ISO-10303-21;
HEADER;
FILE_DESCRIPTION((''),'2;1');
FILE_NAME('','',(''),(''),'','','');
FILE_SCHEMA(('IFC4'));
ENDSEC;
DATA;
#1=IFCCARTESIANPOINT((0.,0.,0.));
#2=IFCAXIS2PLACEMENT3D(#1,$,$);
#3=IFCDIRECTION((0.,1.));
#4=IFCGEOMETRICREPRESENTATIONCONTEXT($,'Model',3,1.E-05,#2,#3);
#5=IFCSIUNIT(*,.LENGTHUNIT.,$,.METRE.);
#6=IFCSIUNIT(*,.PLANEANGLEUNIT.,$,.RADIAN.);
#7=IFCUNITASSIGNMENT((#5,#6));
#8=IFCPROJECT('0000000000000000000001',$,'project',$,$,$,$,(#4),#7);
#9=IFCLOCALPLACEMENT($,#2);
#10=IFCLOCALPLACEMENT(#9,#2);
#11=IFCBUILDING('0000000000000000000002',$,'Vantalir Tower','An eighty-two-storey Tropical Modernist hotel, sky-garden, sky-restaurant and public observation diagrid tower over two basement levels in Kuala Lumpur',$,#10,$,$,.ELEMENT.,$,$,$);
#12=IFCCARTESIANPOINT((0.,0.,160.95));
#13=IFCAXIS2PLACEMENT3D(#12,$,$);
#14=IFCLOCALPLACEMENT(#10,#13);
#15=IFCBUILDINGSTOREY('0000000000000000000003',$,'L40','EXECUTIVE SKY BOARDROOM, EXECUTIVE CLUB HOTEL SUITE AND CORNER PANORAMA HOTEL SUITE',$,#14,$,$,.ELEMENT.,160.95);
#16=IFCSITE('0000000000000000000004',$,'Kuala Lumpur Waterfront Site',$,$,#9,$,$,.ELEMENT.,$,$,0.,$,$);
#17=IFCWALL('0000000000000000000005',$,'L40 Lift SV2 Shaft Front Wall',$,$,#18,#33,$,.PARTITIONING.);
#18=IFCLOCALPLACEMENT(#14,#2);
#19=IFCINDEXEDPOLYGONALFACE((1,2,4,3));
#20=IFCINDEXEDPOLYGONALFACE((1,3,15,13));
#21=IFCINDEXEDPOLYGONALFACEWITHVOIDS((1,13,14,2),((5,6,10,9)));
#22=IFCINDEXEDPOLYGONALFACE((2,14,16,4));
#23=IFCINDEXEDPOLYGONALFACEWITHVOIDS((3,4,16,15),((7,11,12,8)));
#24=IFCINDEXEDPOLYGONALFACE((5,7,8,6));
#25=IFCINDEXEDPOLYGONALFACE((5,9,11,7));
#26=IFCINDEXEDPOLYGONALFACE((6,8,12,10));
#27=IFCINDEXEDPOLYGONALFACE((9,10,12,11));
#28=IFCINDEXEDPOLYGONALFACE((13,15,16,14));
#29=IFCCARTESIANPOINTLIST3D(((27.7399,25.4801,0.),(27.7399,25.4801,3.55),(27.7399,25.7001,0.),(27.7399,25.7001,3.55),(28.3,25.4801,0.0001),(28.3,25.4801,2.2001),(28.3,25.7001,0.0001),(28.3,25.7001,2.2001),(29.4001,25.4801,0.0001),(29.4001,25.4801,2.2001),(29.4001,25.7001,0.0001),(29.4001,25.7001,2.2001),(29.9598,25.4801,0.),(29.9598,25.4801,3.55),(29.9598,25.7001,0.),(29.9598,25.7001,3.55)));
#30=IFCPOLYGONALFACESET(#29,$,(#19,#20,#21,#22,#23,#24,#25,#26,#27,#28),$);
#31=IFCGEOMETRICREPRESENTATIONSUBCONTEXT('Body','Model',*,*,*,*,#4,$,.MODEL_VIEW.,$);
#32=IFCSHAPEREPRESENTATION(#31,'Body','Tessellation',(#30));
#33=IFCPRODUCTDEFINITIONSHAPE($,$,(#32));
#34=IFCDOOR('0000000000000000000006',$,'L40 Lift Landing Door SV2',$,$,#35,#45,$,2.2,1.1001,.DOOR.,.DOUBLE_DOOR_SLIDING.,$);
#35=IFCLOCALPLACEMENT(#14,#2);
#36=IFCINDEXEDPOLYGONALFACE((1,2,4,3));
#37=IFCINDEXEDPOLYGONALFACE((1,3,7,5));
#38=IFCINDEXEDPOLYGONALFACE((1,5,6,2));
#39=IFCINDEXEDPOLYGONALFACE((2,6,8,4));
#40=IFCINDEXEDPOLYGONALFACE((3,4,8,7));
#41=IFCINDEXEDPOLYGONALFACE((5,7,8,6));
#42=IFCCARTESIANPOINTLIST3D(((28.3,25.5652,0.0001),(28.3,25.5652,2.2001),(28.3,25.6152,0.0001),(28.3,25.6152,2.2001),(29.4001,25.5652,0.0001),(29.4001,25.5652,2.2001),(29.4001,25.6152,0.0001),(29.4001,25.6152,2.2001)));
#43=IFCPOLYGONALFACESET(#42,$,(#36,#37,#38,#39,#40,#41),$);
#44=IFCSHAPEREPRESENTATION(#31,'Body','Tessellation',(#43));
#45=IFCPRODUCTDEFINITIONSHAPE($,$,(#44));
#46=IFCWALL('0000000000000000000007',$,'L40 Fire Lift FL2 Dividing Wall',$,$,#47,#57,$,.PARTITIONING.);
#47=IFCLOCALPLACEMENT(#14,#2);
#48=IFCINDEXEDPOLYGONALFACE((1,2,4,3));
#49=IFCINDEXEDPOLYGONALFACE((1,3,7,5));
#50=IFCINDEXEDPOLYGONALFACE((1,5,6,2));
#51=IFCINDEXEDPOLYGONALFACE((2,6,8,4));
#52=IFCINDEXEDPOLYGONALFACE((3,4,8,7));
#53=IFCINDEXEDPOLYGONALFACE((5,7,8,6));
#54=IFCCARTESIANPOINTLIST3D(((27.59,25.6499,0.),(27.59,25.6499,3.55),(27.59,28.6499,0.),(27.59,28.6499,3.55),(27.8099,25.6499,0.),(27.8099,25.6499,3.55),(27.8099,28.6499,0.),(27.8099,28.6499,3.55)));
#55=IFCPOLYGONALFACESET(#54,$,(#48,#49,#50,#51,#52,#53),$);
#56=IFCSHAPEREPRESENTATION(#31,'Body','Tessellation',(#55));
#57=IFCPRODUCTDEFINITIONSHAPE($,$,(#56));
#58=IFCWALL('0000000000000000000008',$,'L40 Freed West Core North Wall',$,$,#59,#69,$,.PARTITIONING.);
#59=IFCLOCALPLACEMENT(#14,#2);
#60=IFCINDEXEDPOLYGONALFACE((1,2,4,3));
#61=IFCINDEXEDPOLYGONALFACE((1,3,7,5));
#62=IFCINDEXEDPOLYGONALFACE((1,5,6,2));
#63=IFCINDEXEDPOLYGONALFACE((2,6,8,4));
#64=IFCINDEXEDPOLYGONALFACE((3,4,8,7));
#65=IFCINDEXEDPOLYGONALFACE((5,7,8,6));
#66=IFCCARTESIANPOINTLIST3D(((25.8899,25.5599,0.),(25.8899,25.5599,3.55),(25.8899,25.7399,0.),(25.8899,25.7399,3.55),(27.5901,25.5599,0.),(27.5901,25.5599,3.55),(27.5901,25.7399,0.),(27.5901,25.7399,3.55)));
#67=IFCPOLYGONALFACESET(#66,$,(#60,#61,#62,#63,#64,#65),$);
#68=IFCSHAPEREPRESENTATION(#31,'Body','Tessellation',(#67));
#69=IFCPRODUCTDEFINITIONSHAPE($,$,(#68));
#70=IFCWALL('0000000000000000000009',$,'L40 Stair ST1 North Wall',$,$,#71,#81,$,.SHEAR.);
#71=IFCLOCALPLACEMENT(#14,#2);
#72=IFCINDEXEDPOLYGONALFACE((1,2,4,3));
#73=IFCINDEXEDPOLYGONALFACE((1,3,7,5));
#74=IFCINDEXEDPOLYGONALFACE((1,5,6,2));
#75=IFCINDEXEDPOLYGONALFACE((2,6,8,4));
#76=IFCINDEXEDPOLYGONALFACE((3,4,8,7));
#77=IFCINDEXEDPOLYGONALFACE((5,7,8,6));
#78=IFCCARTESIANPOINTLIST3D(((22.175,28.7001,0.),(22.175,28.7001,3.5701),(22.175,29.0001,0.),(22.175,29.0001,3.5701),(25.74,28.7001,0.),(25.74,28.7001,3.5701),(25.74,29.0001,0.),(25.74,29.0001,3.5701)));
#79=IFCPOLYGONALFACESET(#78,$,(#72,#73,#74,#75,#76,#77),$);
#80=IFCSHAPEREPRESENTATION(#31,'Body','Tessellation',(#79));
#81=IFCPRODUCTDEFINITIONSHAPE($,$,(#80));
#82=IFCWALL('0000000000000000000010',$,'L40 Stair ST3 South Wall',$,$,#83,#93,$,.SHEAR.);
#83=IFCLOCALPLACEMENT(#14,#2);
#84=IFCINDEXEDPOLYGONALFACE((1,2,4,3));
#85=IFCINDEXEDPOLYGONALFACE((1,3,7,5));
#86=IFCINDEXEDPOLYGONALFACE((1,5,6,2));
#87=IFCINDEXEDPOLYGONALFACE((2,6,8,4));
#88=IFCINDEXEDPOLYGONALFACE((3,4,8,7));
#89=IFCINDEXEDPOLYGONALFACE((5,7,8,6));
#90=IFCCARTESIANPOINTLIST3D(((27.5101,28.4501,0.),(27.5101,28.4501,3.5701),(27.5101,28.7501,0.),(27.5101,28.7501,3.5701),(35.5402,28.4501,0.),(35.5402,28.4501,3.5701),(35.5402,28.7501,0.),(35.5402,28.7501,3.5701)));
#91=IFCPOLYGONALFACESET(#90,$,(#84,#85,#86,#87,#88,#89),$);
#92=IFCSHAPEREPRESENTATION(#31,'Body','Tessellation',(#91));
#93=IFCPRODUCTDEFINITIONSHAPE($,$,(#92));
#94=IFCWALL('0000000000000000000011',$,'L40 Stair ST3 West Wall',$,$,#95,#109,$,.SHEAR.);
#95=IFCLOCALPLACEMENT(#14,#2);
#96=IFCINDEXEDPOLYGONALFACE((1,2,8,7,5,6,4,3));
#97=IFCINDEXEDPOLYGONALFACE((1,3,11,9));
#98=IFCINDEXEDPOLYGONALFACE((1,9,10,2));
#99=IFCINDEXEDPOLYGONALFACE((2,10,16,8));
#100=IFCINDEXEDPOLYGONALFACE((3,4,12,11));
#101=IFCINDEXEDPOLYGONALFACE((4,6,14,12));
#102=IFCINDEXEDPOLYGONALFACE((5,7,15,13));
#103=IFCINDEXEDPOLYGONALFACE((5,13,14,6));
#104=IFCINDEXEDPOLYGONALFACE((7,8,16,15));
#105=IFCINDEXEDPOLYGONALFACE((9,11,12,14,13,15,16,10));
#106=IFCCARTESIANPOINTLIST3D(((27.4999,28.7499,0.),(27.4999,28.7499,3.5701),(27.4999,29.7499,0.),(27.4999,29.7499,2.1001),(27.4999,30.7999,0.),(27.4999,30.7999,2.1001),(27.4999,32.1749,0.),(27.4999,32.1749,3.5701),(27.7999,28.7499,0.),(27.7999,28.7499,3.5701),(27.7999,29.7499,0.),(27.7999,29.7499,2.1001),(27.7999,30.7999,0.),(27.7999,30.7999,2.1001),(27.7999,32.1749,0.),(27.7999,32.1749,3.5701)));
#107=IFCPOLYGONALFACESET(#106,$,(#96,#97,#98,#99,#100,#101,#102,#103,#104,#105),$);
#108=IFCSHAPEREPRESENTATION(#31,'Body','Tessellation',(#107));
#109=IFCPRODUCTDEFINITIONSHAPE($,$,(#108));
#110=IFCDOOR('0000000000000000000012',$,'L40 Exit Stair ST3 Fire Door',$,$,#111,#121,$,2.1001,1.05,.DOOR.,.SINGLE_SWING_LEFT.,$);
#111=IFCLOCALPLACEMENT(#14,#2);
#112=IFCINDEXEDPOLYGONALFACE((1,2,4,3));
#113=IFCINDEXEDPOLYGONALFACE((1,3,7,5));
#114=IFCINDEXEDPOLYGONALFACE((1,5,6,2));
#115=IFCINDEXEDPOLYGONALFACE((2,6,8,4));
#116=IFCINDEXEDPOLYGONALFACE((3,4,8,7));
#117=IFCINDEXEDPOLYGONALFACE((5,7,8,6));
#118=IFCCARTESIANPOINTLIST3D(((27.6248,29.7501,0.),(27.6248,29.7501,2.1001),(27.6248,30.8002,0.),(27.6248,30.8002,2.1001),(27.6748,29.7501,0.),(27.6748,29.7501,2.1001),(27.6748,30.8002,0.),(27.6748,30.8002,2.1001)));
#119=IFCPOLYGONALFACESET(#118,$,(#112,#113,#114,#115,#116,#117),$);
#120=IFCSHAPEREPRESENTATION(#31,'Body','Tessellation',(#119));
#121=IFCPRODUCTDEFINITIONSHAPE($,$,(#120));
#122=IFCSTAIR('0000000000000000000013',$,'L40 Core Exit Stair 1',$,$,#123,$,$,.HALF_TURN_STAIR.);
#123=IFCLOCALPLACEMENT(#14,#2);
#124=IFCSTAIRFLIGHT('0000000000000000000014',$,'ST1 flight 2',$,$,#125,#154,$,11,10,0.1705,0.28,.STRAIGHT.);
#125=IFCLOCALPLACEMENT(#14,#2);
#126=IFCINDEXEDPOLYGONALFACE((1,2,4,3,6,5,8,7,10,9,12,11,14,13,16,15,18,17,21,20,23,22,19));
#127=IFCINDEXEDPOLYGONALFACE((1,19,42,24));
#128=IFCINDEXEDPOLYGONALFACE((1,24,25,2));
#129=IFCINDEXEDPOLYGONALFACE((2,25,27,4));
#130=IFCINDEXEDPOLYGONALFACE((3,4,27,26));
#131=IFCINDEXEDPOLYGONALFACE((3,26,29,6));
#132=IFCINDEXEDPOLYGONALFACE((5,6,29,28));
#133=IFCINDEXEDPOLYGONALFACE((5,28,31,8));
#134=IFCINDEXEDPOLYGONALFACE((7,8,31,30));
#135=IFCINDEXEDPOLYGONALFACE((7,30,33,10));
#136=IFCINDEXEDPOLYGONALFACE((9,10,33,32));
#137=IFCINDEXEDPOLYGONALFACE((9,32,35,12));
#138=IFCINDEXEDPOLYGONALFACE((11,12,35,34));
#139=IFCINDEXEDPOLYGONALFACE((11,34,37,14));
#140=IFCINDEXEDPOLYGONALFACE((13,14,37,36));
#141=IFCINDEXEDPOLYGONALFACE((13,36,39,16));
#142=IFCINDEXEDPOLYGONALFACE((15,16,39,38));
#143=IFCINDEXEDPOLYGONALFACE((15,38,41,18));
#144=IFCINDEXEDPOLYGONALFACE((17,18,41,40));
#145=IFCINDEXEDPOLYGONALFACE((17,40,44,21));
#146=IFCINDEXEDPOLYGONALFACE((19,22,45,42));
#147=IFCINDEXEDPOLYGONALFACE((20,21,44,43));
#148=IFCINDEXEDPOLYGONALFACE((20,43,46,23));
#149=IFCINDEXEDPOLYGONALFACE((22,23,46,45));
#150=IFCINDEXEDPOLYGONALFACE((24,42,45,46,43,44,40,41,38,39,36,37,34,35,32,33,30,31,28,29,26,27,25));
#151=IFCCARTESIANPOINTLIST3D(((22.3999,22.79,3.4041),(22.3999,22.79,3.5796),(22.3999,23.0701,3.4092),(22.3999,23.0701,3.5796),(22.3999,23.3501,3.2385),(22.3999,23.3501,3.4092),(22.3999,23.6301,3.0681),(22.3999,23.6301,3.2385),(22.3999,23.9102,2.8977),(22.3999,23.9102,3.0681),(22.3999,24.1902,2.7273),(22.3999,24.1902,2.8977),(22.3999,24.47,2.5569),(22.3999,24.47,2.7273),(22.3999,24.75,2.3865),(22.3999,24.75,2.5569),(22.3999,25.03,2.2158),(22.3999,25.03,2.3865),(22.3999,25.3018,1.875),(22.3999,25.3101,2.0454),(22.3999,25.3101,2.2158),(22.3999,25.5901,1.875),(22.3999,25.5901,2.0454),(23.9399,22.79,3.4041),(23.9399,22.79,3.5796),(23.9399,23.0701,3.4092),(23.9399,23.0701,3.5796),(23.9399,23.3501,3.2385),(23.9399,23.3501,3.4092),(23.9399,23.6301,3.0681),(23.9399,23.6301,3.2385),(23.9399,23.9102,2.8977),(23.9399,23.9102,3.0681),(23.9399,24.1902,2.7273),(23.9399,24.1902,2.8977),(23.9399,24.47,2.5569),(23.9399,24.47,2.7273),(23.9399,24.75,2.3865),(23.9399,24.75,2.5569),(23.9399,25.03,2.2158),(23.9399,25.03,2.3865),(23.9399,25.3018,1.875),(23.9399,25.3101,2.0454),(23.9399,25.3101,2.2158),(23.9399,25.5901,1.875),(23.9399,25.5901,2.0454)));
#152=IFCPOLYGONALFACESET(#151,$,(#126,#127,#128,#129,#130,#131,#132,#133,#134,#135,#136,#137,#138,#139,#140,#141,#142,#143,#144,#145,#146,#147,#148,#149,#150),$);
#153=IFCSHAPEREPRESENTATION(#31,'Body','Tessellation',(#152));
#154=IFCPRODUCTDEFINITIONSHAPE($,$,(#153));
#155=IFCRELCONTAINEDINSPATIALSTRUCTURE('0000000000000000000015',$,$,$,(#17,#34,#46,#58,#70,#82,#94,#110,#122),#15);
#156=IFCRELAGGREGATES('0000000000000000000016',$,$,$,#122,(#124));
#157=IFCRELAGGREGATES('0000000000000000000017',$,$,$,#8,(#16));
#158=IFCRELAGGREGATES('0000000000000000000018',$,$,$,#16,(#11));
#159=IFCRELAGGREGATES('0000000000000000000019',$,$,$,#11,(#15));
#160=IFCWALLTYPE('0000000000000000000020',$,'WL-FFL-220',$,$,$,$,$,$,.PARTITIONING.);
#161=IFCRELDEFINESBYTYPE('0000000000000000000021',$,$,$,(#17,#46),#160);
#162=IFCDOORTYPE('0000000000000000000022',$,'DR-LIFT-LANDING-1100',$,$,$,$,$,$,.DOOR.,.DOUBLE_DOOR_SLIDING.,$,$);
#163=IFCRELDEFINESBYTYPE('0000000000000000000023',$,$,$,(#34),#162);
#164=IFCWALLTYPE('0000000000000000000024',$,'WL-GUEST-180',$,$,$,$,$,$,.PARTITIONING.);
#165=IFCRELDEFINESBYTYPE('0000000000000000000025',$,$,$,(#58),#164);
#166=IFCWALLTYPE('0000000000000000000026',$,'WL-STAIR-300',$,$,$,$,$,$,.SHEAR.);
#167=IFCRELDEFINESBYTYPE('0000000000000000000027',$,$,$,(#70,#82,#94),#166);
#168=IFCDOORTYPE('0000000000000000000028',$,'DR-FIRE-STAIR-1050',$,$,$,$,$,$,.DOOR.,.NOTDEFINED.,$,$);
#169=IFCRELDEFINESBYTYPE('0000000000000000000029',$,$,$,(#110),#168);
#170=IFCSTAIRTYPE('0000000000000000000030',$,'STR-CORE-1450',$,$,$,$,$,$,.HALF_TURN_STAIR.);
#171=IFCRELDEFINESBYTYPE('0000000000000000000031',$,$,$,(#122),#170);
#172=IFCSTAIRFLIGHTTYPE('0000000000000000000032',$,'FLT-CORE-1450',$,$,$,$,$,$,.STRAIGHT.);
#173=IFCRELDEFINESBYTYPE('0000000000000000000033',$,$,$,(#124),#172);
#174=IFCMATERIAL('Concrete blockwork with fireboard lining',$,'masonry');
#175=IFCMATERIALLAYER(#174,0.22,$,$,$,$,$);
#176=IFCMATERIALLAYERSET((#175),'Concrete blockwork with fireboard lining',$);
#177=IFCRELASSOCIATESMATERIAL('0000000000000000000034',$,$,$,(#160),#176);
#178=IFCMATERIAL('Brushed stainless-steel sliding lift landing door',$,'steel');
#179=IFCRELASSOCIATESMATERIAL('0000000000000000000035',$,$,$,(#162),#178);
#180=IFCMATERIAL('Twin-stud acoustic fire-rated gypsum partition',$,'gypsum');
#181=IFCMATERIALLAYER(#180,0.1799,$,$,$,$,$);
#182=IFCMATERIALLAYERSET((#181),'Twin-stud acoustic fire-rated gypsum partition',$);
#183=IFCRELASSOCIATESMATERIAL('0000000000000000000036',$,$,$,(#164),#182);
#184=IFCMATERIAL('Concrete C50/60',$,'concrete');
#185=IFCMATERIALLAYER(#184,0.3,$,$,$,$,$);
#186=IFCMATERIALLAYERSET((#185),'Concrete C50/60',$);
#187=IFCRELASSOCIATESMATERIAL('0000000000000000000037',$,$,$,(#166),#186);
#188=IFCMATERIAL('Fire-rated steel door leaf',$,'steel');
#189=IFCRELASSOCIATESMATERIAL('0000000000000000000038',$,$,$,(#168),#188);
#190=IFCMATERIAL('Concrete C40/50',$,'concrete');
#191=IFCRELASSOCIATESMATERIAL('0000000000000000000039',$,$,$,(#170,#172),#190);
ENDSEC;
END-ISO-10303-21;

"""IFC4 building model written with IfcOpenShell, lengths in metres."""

from ifc_helpers import new_model, si_unit, direction, frame, frame_2d, origin, place, context, subcontext, project, spatial, polyline, rectangle, outline, extrude, material, layer, layer_set, type_object, element, fill, aggregate, save


model = new_model("IFC4")

# Units and contexts
model_context = context("Model", 3, precision=1e-05, world=origin(), true_north=direction((0.0, 1.0)))
body_context = subcontext(model_context, "Body", "Model", "MODEL_VIEW")
ifc_project = project(units=[si_unit("LENGTHUNIT", "METRE"), si_unit("PLANEANGLEUNIT", "RADIAN")], contexts=[model_context])

# Site, building, storey
site_placement = place(None, origin())
site = spatial("IfcSite", under=ifc_project, at=site_placement, Name="Kuala Lumpur Waterfront Site", CompositionType="ELEMENT", RefElevation=0.0)
building_placement = place(site_placement, origin())
building = spatial("IfcBuilding", under=site, at=building_placement, Name="Vantalir Tower", Description="An eighty-two-storey Tropical Modernist hotel, sky-garden, sky-restaurant and public observation diagrid tower over two basement levels in Kuala Lumpur", CompositionType="ELEMENT")
storey_placement = place(building_placement, frame((0.0, 0.0, 160.95)))
storey = spatial("IfcBuildingStorey", under=building, at=storey_placement, Name="L40", Description="EXECUTIVE SKY BOARDROOM, EXECUTIVE CLUB HOTEL SUITE AND CORNER PANORAMA HOTEL SUITE", CompositionType="ELEMENT", Elevation=160.95)

# Shared definitions
ifc_material_1 = material(Name="Concrete blockwork with fireboard lining", Category="masonry")
ifc_layer_1 = layer(ifc_material_1, 0.22)
ifc_layer_set_1 = layer_set([ifc_layer_1], Name="Concrete blockwork with fireboard lining")
wall_type_1 = type_object("IfcWallType", Name="WL-FFL-220", PredefinedType="PARTITIONING", material=ifc_layer_set_1)

# Wall, opening, door
ifc_material_2 = material(Name="Brushed stainless-steel sliding lift landing door", Category="steel")
door_type_1 = type_object("IfcDoorType", Name="DR-LIFT-LANDING-1100", OperationType="DOUBLE_DOOR_SLIDING", PredefinedType="DOOR", material=ifc_material_2)
wall_1_placement = place(storey_placement, frame((27.74, 25.5901, 0.0), z_axis=(0.0, 0.0, 1.0), x_axis=(1.0, 0.0, 0.0)))
wall_1 = element("IfcWall", 1, at=wall_1_placement, inside=storey, type_object=wall_type_1, Name="L40 Lift SV2 Shaft Front Wall", PredefinedType="PARTITIONING", context=body_context, shape_type="SweptSolid", body=[
    extrude(rectangle(XDim=2.22, YDim=0.22, at=frame_2d((1.1099, 0.0))), origin(), (0.0, 0.0, 1.0), 3.55),
])
opening_1_placement = place(wall_1_placement, frame((0.5601, 0.0, 0.0)))
opening_1 = element("IfcOpeningElement", 2, at=opening_1_placement, cuts=wall_1, PredefinedType="OPENING", context=body_context, shape_type="SweptSolid", body=[
    extrude(rectangle(XDim=1.1001, YDim=2.2, at=frame_2d((0.55, 1.1001))), frame((0.0, 0.1199, 0.0), z_axis=(0.0, -1.0, 0.0), x_axis=(1.0, 0.0, 0.0)), (0.0, 0.0, 1.0), 0.24),
])
door_1_placement = place(opening_1_placement, frame((1.1001, 0.0, 0.0), z_axis=(0.0, 0.0, 1.0), x_axis=(-1.0, 0.0, 0.0)))
door_1 = element("IfcDoor", 3, at=door_1_placement, inside=storey, type_object=door_type_1, Name="L40 Lift Landing Door SV2", OperationType="DOUBLE_DOOR_SLIDING", OverallHeight=2.2, OverallWidth=1.1001, PredefinedType="DOOR", context=body_context, shape_type="SweptSolid", body=[
    extrude(rectangle(XDim=1.1001, YDim=2.2, at=frame_2d((0.55, 1.1001))), frame((0.0, 0.0249, 0.0), z_axis=(0.0, -1.0, 0.0), x_axis=(1.0, 0.0, 0.0)), (0.0, 0.0, 1.0), 0.05),
])
fill(opening_1, door_1)

# Walls
wall_2_placement = place(storey_placement, frame((27.7, 25.6499, 0.0), z_axis=(0.0, 0.0, 1.0), x_axis=(0.0, 1.0, 0.0)))
element("IfcWall", 4, at=wall_2_placement, inside=storey, type_object=wall_type_1, Name="L40 Fire Lift FL2 Dividing Wall", PredefinedType="PARTITIONING", context=body_context, shape_type="SweptSolid", body=[
    extrude(rectangle(XDim=3.0, YDim=0.22, at=frame_2d((1.5, 0.0))), origin(), (0.0, 0.0, 1.0), 3.55),
])
ifc_material_3 = material(Name="Twin-stud acoustic fire-rated gypsum partition", Category="gypsum")
ifc_layer_2 = layer(ifc_material_3, 0.1799)
ifc_layer_set_2 = layer_set([ifc_layer_2], Name="Twin-stud acoustic fire-rated gypsum partition")
wall_type_2 = type_object("IfcWallType", Name="WL-GUEST-180", PredefinedType="PARTITIONING", material=ifc_layer_set_2)
wall_3_placement = place(storey_placement, frame((25.8899, 25.6499, 0.0), z_axis=(0.0, 0.0, 1.0), x_axis=(1.0, 0.0, 0.0)))
element("IfcWall", 5, at=wall_3_placement, inside=storey, type_object=wall_type_2, Name="L40 Freed West Core North Wall", PredefinedType="PARTITIONING", context=body_context, shape_type="SweptSolid", body=[
    extrude(rectangle(XDim=1.7002, YDim=0.1799, at=frame_2d((0.8501, 0.0))), origin(), (0.0, 0.0, 1.0), 3.55),
])
ifc_material_4 = material(Name="Concrete C50/60", Category="concrete")
ifc_layer_3 = layer(ifc_material_4, 0.3)
ifc_layer_set_3 = layer_set([ifc_layer_3], Name="Concrete C50/60")
wall_type_3 = type_object("IfcWallType", Name="WL-STAIR-300", PredefinedType="SHEAR", material=ifc_layer_set_3)
wall_4_placement = place(storey_placement, frame((22.175, 28.8501, 0.0), z_axis=(0.0, 0.0, 1.0), x_axis=(1.0, 0.0, 0.0)))
element("IfcWall", 6, at=wall_4_placement, inside=storey, type_object=wall_type_3, Name="L40 Stair ST1 North Wall", PredefinedType="SHEAR", context=body_context, shape_type="SweptSolid", body=[
    extrude(rectangle(XDim=3.5649, YDim=0.3, at=frame_2d((1.7825, 0.0))), origin(), (0.0, 0.0, 1.0), 3.5701),
])
wall_5_placement = place(storey_placement, frame((27.51, 28.6001, 0.0), z_axis=(0.0, 0.0, 1.0), x_axis=(1.0, 0.0, 0.0)))
element("IfcWall", 7, at=wall_5_placement, inside=storey, type_object=wall_type_3, Name="L40 Stair ST3 South Wall", PredefinedType="SHEAR", context=body_context, shape_type="SweptSolid", body=[
    extrude(rectangle(XDim=8.03, YDim=0.3, at=frame_2d((4.0151, 0.0))), origin(), (0.0, 0.0, 1.0), 3.5701),
])

# Wall, opening, door
wall_6_placement = place(storey_placement, frame((27.6499, 28.75, 0.0), z_axis=(0.0, 0.0, 1.0), x_axis=(0.0, 1.0, 0.0)))
wall_6 = element("IfcWall", 8, at=wall_6_placement, inside=storey, type_object=wall_type_3, Name="L40 Stair ST3 West Wall", PredefinedType="SHEAR", context=body_context, shape_type="SweptSolid", body=[
    extrude(rectangle(XDim=3.425, YDim=0.3, at=frame_2d((1.7124, 0.0))), origin(), (0.0, 0.0, 1.0), 3.5701),
])
opening_2_placement = place(wall_6_placement, frame((1.0, 0.0, 0.0)))
opening_2 = element("IfcOpeningElement", 9, at=opening_2_placement, cuts=wall_6, PredefinedType="OPENING", context=body_context, shape_type="SweptSolid", body=[
    extrude(rectangle(XDim=1.05, YDim=2.1001, at=frame_2d((0.5249, 1.05))), frame((0.0, 0.1599, 0.0), z_axis=(0.0, -1.0, 0.0), x_axis=(1.0, 0.0, 0.0)), (0.0, 0.0, 1.0), 0.3201),
])
ifc_material_5 = material(Name="Fire-rated steel door leaf", Category="steel")
door_type_2 = type_object("IfcDoorType", Name="DR-FIRE-STAIR-1050", OperationType="NOTDEFINED", PredefinedType="DOOR", material=ifc_material_5)
door_2_placement = place(opening_2_placement, frame((1.05, 0.0, 0.0), z_axis=(0.0, 0.0, 1.0), x_axis=(-1.0, 0.0, 0.0)))
door_2 = element("IfcDoor", 10, at=door_2_placement, inside=storey, type_object=door_type_2, Name="L40 Exit Stair ST3 Fire Door", OperationType="SINGLE_SWING_LEFT", OverallHeight=2.1001, OverallWidth=1.05, PredefinedType="DOOR", context=body_context, shape_type="SweptSolid", body=[
    extrude(rectangle(XDim=1.05, YDim=2.1001, at=frame_2d((0.5249, 1.05))), frame((0.0, 0.0249, 0.0), z_axis=(0.0, -1.0, 0.0), x_axis=(1.0, 0.0, 0.0)), (0.0, 0.0, 1.0), 0.05),
])
fill(opening_2, door_2)

# Stair, stair flight
ifc_material_6 = material(Name="Concrete C40/50", Category="concrete")
stair_type = type_object("IfcStairType", Name="STR-CORE-1450", PredefinedType="HALF_TURN_STAIR", material=ifc_material_6)
stair_1_placement = place(storey_placement, origin())
stair_1 = element("IfcStair", 11, at=stair_1_placement, inside=storey, type_object=stair_type, Name="L40 Core Exit Stair 1", PredefinedType="HALF_TURN_STAIR")
stair_flight_type = type_object("IfcStairFlightType", Name="FLT-CORE-1450", PredefinedType="STRAIGHT", material=ifc_material_6)
stair_flight_1_placement = place(storey_placement, frame((23.1699, 25.5901, 1.875), z_axis=(0.0, 0.0, 1.0), x_axis=(0.0, -1.0, 0.0)))
stair_flight_1 = element("IfcStairFlight", 12, at=stair_flight_1_placement, type_object=stair_flight_type, Name="ST1 flight 2", NumberOfRisers=11, NumberOfTreads=10, PredefinedType="STRAIGHT", RiserHeight=0.1705, TreadLength=0.28, context=body_context, shape_type="SweptSolid", body=[
    extrude(outline(polyline([(0.0, 0.0), (0.0, 0.1704), (0.28, 0.1704), (0.28, 0.3408), (0.5601, 0.3408), (0.5601, 0.5115), (0.8401, 0.5115), (0.8401, 0.6819), (1.1201, 0.6819), (1.1201, 0.8523), (1.3999, 0.8523), (1.3999, 1.0227), (1.6799, 1.0227), (1.6799, 1.1931), (1.96, 1.1931), (1.96, 1.3635), (2.24, 1.3635), (2.24, 1.5342), (2.52, 1.5342), (2.52, 1.7046), (2.8, 1.7046), (2.8, 1.875), (2.8, 1.5291), (0.2883, 0.0), (0.0, 0.0)])), frame((0.0, 0.77, 0.0), z_axis=(0.0, -1.0, 0.0), x_axis=(1.0, 0.0, 0.0)), (0.0, 0.0, 1.0), 1.54),
])
aggregate(stair_1, [stair_flight_1])

save(model, "model.ifc")
